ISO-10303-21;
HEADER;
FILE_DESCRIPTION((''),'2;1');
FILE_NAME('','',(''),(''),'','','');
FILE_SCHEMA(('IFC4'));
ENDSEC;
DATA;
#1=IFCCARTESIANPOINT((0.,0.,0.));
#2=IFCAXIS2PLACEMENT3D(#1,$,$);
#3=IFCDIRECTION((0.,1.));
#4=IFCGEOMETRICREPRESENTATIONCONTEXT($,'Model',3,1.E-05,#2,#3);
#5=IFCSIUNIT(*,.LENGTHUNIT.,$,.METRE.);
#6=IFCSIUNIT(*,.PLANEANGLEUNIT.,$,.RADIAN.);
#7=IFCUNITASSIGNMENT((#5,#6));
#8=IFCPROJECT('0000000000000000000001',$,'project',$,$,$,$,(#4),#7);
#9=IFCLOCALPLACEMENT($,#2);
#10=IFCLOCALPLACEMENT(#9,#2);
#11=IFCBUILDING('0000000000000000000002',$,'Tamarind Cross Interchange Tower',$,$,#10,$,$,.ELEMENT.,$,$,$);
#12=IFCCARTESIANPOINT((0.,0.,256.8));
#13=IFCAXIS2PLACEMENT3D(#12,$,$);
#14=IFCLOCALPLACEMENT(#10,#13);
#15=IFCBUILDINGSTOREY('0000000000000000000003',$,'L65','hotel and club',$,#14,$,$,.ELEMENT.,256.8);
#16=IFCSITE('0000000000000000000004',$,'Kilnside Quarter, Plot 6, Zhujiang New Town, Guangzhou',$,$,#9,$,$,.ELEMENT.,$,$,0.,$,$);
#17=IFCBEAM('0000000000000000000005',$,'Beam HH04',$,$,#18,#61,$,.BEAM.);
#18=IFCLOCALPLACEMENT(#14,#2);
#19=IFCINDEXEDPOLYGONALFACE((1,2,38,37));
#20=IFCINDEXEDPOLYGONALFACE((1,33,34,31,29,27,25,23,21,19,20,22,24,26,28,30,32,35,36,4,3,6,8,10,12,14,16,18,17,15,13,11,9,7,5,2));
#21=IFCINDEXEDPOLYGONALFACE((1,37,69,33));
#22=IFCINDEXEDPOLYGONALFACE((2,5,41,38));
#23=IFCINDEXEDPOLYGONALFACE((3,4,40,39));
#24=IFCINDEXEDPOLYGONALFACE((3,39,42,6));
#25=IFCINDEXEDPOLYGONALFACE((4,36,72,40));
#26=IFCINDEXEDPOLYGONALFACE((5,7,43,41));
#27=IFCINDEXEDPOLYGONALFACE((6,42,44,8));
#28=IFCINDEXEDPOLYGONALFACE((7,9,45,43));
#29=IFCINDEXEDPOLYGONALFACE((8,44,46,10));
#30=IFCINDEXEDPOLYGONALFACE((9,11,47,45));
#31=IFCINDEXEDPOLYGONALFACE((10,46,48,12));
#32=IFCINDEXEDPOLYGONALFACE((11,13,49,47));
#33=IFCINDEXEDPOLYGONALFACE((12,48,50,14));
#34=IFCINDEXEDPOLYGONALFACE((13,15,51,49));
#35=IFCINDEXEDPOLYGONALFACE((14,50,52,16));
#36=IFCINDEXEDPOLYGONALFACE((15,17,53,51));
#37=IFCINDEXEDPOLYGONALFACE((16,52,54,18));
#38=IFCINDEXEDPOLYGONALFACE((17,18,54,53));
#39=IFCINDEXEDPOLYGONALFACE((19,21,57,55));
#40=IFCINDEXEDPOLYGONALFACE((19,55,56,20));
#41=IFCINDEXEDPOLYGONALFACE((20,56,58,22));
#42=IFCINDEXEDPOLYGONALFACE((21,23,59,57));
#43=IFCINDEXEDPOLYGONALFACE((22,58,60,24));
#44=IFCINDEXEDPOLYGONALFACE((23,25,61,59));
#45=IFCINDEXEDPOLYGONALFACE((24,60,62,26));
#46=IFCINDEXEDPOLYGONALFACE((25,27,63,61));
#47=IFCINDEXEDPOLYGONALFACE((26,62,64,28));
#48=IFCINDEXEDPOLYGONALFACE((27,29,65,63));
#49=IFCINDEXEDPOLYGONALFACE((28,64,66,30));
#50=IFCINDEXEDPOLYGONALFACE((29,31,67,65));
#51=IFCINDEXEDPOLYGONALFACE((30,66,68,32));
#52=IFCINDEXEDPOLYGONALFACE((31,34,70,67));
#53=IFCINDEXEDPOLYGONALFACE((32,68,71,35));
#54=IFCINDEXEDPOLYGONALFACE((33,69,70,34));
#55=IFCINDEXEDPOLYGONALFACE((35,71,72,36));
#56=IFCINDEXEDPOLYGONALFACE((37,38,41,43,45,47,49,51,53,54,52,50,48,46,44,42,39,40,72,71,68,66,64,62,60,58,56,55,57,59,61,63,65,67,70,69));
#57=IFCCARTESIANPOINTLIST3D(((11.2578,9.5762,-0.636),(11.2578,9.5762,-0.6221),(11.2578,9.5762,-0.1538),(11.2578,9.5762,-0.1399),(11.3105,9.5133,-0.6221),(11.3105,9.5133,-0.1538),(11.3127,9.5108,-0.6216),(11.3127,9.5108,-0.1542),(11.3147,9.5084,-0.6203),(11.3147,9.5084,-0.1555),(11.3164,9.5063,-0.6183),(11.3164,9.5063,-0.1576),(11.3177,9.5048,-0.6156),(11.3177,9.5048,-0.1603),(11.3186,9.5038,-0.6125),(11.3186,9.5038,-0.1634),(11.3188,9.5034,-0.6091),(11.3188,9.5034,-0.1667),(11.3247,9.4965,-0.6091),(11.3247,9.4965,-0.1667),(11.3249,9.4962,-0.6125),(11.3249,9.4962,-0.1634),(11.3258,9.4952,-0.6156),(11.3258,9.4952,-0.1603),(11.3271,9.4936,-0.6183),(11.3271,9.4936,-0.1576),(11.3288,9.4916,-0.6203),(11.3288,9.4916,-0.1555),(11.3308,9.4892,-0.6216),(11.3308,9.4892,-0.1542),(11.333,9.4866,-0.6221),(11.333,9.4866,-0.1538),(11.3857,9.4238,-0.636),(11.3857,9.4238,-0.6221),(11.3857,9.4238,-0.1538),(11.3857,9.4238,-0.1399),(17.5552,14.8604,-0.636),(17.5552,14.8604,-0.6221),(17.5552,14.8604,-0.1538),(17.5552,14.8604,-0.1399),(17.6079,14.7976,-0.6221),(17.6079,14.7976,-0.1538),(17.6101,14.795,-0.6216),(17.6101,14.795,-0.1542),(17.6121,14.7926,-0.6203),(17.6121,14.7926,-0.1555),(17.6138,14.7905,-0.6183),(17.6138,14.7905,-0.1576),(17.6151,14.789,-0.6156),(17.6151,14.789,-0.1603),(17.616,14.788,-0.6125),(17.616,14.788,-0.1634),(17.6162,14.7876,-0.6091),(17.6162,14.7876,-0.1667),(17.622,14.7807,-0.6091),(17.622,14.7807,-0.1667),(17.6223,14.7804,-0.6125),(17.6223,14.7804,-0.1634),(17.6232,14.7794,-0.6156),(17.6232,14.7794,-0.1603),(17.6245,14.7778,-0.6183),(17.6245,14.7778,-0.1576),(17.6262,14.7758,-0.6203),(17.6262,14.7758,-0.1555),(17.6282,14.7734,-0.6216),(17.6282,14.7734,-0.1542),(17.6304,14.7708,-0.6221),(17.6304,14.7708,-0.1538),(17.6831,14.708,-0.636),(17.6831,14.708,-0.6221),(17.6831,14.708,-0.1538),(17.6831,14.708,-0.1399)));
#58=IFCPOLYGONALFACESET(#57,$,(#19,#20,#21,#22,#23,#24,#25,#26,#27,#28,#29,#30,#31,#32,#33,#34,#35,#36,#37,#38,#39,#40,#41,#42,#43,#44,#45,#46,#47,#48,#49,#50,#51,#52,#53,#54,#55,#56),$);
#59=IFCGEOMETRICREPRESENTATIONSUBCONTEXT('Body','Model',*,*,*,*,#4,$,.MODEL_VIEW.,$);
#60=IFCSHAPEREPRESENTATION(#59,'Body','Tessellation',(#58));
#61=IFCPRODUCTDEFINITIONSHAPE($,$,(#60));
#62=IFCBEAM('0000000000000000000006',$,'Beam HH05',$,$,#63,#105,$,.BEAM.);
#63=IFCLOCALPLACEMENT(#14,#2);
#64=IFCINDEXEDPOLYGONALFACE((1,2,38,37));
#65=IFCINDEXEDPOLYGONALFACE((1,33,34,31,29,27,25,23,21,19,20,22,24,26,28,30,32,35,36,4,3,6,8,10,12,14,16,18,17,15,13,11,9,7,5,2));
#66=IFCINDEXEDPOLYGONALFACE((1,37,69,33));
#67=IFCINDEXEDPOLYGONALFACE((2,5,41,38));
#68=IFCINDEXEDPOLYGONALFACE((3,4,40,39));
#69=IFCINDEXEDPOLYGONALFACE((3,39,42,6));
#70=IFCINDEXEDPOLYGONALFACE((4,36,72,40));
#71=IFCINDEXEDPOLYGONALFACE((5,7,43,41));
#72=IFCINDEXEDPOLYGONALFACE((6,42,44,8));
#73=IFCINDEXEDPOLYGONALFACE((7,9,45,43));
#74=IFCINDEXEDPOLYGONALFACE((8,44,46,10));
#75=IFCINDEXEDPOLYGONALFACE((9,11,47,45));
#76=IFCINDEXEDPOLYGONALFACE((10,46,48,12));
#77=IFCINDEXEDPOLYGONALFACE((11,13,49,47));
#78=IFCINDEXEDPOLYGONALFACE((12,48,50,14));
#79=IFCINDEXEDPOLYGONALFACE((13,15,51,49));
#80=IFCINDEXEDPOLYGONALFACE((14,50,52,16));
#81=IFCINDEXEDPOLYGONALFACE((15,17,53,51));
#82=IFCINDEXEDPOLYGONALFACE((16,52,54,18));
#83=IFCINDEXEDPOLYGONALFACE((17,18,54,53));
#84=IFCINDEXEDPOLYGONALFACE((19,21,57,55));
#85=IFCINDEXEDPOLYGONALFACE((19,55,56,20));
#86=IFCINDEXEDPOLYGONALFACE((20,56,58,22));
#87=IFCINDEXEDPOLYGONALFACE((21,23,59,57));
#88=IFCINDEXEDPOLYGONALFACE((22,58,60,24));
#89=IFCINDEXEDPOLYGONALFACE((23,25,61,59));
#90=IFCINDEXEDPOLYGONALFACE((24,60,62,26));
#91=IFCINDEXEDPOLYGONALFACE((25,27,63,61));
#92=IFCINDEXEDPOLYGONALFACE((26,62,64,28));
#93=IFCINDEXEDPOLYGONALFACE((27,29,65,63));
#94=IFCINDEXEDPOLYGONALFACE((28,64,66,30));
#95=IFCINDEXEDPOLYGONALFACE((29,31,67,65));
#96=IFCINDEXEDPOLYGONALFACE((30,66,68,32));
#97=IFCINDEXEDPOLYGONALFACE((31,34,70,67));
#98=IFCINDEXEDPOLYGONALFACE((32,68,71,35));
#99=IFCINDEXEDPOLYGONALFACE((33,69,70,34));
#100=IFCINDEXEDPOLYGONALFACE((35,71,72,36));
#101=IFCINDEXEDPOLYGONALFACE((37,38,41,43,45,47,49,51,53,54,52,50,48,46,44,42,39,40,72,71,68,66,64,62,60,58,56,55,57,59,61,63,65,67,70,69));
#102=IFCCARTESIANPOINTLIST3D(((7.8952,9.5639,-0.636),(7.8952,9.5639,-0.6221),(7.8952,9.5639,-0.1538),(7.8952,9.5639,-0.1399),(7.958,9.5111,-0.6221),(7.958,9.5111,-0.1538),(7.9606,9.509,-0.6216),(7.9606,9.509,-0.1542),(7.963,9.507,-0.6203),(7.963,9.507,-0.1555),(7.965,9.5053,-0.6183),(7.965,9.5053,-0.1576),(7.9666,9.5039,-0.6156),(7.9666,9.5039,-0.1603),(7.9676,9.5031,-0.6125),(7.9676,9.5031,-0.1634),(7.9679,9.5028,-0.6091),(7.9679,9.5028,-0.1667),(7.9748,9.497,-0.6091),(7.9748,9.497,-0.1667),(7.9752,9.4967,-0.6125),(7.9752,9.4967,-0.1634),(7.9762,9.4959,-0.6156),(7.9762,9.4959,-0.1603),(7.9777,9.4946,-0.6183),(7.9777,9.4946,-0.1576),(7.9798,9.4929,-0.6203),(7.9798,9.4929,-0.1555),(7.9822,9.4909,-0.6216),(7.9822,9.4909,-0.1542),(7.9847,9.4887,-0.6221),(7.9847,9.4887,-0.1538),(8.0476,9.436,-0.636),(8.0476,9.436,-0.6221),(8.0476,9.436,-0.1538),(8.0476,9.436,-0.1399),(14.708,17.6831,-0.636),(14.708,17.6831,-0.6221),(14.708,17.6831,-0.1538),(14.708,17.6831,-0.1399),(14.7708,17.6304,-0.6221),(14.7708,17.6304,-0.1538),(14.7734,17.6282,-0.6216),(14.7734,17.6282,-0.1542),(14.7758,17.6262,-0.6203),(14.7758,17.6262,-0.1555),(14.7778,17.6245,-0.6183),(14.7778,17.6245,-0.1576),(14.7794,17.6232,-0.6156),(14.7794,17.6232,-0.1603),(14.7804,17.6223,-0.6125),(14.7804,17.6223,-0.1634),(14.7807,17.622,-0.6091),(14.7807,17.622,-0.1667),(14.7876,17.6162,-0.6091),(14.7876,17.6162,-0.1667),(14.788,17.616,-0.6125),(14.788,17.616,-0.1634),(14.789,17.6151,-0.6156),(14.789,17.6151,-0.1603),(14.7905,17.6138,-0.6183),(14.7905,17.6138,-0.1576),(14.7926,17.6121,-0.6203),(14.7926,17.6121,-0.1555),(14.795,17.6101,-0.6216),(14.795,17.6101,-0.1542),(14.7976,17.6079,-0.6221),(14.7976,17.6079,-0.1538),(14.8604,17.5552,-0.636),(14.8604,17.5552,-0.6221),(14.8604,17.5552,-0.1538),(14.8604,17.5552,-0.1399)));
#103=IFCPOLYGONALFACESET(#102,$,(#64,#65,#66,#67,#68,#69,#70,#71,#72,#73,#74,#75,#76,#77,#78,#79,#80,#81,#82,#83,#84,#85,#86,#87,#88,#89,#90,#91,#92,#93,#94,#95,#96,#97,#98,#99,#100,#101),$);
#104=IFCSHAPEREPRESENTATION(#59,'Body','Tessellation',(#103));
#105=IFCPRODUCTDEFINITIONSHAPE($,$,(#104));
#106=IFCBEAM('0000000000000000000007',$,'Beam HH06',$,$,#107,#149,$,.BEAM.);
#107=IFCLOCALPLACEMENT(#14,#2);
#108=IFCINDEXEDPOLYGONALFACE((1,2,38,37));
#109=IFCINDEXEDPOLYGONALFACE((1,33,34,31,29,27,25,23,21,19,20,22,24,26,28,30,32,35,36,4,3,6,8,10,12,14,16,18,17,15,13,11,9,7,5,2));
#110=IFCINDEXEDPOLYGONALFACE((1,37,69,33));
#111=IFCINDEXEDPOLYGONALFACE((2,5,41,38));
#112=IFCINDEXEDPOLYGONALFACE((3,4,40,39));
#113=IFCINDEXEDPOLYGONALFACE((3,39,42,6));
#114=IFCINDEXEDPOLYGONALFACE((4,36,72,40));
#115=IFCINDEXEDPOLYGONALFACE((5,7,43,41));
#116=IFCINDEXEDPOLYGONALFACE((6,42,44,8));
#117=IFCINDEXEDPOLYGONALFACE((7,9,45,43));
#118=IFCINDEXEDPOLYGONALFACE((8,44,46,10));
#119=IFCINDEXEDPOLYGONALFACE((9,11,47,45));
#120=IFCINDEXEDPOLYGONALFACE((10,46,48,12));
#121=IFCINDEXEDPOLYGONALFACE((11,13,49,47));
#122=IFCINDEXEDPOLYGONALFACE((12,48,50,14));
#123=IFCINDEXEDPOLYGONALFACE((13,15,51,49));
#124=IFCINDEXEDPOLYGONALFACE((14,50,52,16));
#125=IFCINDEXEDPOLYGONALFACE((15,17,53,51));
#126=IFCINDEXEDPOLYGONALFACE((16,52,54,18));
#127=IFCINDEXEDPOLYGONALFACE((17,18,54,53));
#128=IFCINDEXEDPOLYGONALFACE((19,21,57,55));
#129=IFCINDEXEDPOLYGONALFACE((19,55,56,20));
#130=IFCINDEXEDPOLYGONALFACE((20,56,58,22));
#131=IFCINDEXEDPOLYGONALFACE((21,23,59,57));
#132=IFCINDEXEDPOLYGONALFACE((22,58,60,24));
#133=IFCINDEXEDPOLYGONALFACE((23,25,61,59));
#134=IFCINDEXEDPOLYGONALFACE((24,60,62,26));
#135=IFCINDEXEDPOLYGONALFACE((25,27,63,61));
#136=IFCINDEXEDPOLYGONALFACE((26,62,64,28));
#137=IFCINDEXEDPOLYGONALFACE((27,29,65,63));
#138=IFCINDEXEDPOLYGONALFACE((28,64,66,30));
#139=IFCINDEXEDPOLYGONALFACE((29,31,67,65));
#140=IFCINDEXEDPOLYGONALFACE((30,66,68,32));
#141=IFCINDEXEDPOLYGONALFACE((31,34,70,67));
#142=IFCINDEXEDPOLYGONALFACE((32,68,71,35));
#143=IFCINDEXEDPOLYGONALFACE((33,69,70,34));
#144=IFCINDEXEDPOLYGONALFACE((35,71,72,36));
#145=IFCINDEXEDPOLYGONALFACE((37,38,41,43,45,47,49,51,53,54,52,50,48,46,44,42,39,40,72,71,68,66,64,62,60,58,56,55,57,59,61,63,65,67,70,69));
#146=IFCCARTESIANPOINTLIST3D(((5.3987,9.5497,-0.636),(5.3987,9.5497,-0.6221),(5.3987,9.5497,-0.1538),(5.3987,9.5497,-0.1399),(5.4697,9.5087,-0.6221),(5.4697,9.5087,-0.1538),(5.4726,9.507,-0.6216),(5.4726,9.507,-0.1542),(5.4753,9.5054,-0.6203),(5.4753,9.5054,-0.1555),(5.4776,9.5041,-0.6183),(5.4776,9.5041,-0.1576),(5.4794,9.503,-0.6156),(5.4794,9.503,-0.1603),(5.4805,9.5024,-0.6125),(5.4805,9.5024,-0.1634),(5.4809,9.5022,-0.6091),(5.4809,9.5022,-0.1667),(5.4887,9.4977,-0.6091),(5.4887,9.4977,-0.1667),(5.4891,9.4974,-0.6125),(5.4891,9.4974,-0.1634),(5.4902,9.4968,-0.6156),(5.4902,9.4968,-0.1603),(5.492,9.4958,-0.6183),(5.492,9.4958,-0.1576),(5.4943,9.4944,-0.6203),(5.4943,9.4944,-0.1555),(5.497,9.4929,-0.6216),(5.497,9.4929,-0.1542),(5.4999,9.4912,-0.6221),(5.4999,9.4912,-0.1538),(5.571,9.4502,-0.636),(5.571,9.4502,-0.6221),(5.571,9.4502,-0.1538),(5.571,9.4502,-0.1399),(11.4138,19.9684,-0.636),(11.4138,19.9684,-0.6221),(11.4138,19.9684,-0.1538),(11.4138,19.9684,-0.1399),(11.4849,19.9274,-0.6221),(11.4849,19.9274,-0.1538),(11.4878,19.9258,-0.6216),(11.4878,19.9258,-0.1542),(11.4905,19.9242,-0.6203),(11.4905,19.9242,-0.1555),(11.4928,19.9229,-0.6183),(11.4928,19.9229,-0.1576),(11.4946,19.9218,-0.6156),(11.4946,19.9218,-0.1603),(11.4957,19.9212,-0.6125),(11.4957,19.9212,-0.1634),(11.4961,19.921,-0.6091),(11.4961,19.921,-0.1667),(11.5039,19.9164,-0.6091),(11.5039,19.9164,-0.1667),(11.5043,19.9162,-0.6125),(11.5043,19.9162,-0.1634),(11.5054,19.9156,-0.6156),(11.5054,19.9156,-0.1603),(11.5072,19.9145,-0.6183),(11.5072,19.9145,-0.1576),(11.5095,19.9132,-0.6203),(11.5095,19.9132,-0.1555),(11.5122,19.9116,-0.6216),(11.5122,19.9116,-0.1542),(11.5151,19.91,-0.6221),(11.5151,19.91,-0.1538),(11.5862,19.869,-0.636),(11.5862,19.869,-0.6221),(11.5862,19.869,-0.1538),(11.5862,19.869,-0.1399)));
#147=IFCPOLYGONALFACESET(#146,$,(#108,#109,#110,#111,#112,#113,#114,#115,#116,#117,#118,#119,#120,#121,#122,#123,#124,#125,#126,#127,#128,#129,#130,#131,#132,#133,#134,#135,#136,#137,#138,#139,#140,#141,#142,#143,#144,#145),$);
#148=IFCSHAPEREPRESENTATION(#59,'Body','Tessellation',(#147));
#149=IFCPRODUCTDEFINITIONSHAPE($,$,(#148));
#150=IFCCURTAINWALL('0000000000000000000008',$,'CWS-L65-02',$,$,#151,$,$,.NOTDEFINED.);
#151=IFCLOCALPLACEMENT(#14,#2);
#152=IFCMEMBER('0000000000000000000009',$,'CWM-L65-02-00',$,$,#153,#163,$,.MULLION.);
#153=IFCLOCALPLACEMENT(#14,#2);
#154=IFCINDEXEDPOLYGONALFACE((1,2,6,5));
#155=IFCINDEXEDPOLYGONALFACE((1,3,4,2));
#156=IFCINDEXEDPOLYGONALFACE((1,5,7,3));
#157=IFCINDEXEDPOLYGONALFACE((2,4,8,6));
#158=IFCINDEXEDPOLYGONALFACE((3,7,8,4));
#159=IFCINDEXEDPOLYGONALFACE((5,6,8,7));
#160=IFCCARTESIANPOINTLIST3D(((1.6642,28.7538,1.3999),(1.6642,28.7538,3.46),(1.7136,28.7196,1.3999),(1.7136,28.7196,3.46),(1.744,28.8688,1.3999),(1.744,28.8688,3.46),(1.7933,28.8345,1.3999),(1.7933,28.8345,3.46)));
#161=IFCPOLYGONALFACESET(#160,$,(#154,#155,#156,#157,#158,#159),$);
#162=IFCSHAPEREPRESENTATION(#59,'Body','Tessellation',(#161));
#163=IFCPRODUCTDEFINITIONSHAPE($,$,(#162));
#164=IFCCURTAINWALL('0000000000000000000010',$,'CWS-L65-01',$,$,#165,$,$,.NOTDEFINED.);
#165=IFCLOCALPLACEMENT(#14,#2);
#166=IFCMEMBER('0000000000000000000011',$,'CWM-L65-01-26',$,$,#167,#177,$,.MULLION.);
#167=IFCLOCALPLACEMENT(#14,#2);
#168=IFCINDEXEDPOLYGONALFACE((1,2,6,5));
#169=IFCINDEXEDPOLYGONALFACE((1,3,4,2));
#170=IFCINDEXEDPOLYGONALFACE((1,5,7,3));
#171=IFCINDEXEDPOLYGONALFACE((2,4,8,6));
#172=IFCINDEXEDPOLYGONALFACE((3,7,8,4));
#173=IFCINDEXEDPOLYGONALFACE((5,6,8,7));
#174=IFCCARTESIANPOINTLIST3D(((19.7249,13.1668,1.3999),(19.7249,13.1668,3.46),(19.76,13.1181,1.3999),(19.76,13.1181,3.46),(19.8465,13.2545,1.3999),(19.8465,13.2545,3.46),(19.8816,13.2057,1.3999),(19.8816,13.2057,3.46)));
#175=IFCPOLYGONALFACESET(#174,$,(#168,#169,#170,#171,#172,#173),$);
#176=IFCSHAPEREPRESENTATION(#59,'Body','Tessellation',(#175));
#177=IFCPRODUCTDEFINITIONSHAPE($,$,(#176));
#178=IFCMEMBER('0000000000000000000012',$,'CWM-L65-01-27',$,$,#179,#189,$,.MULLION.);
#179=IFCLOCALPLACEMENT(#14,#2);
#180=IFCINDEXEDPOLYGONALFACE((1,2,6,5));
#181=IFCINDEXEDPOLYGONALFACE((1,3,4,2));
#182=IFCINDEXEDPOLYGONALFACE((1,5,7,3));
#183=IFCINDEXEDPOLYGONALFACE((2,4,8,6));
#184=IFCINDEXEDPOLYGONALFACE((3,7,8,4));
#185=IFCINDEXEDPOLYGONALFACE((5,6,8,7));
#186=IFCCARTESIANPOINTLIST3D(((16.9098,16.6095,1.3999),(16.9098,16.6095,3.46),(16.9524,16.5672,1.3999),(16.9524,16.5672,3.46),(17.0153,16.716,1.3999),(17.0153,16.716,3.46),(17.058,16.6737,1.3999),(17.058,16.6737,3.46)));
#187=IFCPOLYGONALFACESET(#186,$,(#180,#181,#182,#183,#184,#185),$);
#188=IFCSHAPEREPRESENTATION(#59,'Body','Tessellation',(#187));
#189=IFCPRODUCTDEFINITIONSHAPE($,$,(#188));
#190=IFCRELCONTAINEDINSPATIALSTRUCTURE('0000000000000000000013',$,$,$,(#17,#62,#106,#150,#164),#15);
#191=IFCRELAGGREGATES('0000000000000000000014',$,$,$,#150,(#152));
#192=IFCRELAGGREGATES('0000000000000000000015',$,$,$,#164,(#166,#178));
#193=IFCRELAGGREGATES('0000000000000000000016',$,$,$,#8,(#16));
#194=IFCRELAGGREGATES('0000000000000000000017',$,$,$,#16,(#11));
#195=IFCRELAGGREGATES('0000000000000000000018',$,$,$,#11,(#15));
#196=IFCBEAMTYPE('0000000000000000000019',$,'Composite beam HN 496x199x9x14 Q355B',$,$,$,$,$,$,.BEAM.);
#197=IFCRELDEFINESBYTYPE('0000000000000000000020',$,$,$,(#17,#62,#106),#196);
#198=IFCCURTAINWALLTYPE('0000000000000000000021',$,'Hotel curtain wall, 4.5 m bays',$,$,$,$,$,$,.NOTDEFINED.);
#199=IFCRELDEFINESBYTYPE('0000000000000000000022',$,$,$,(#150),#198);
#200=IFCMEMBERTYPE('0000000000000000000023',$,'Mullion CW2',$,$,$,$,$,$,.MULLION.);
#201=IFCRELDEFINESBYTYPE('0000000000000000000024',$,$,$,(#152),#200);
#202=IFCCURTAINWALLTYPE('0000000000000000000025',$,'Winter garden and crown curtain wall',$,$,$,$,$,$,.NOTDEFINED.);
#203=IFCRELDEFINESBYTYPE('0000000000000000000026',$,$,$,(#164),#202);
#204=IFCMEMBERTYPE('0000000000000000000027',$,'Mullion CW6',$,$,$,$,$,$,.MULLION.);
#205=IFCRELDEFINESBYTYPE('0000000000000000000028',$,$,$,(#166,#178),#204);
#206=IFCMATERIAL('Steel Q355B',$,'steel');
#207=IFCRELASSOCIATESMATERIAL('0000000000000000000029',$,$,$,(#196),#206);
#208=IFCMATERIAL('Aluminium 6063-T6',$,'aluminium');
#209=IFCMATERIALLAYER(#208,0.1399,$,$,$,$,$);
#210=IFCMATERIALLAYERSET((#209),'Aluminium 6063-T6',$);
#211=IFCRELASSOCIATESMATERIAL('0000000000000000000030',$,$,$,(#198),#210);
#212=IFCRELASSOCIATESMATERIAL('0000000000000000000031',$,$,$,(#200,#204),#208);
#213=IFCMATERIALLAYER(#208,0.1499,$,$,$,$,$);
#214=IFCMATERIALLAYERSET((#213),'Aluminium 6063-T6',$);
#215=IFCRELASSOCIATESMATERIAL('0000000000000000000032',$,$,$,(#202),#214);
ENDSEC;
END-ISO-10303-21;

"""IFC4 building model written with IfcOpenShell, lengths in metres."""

from ifc_helpers import new_model, si_unit, direction, frame, origin, origin_2d, place, context, subcontext, project, spatial, rectangle, i_section, extrude, material, layer, layer_set, material_profile, profile_set, type_object, element, aggregate, save


model = new_model("IFC4")

# Units and contexts
model_context = context("Model", 3, precision=1e-05, world=origin(), true_north=direction((0.0, 1.0)))
body_context = subcontext(model_context, "Body", "Model", "MODEL_VIEW")
ifc_project = project(units=[si_unit("LENGTHUNIT", "METRE"), si_unit("PLANEANGLEUNIT", "RADIAN")], contexts=[model_context])

# Site, building, storey
site_placement = place(None, origin())
site = spatial("IfcSite", under=ifc_project, at=site_placement, Name="Kilnside Quarter, Plot 6, Zhujiang New Town, Guangzhou", CompositionType="ELEMENT", RefElevation=0.0)
building_placement = place(site_placement, origin())
building = spatial("IfcBuilding", under=site, at=building_placement, Name="Tamarind Cross Interchange Tower", CompositionType="ELEMENT")
storey_placement = place(building_placement, frame((0.0, 0.0, 256.8)))
storey = spatial("IfcBuildingStorey", under=building, at=storey_placement, Name="L65", Description="hotel and club", CompositionType="ELEMENT", Elevation=256.8)

# Beams
ifc_material_1 = material(Name="Steel Q355B", Category="steel")
ifc_material_profile_1 = material_profile(ifc_material_1, i_section(OverallWidth=0.199, OverallDepth=0.4961, WebThickness=0.009, FlangeThickness=0.0139, FilletRadius=0.0129, at=origin_2d()), Name="HN 496x199x9x14")
ifc_profile_set_1 = profile_set([ifc_material_profile_1], Name="Steel Q355B")
beam_type = type_object("IfcBeamType", Name="Composite beam HN 496x199x9x14 Q355B", PredefinedType="BEAM", material=ifc_profile_set_1)
beam_1_placement = place(storey_placement, frame((17.6191, 14.7842, -0.3879), z_axis=(-0.766041, -0.642792, 0.0), x_axis=(0.642792, -0.766041, 0.0)))
element("IfcBeam", 1, at=beam_1_placement, inside=storey, type_object=beam_type, Name="Beam HH04", PredefinedType="BEAM", context=body_context, shape_type="SweptSolid", body=[
    extrude(i_section(OverallWidth=0.199, OverallDepth=0.4961, WebThickness=0.009, FlangeThickness=0.0139, FilletRadius=0.0129, at=origin_2d()), origin(), (0.0, 0.0, 1.0), 8.2207),
])
beam_2_placement = place(storey_placement, frame((14.7842, 17.6191, -0.3879), z_axis=(-0.642786, -0.766046, 0.0), x_axis=(0.766046, -0.642786, 0.0)))
element("IfcBeam", 2, at=beam_2_placement, inside=storey, type_object=beam_type, Name="Beam HH05", PredefinedType="BEAM", context=body_context, shape_type="SweptSolid", body=[
    extrude(i_section(OverallWidth=0.199, OverallDepth=0.4961, WebThickness=0.009, FlangeThickness=0.0139, FilletRadius=0.0129, at=origin_2d()), origin(), (0.0, 0.0, 1.0), 10.5989),
])
beam_3_placement = place(storey_placement, frame((11.5, 19.9187, -0.3879), z_axis=(-0.499994, -0.866029, 0.0), x_axis=(0.866029, -0.499994, 0.0)))
element("IfcBeam", 3, at=beam_3_placement, inside=storey, type_object=beam_type, Name="Beam HH06", PredefinedType="BEAM", context=body_context, shape_type="SweptSolid", body=[
    extrude(i_section(OverallWidth=0.199, OverallDepth=0.4961, WebThickness=0.009, FlangeThickness=0.0139, FilletRadius=0.0129, at=origin_2d()), origin(), (0.0, 0.0, 1.0), 12.0305),
])

# Curtain wall, member
ifc_material_2 = material(Name="Aluminium 6063-T6", Category="aluminium")
ifc_layer_1 = layer(ifc_material_2, 0.1399)
ifc_layer_set_1 = layer_set([ifc_layer_1], Name="Aluminium 6063-T6")
curtain_wall_type_1 = type_object("IfcCurtainWallType", Name="Hotel curtain wall, 4.5 m bays", PredefinedType="NOTDEFINED", material=ifc_layer_set_1)
curtain_wall_1_placement = place(storey_placement, origin())
curtain_wall_1 = element("IfcCurtainWall", 4, at=curtain_wall_1_placement, inside=storey, type_object=curtain_wall_type_1, Name="CWS-L65-02", PredefinedType="NOTDEFINED")
ifc_material_profile_2 = material_profile(ifc_material_2, rectangle(XDim=0.0601, YDim=0.1399, at=origin_2d()), Name="Mullion CW2")
ifc_profile_set_2 = profile_set([ifc_material_profile_2], Name="Aluminium 6063-T6")
member_type_1 = type_object("IfcMemberType", Name="Mullion CW2", PredefinedType="MULLION", material=ifc_profile_set_2)
member_1_placement = place(storey_placement, frame((1.7288, 28.7942, 1.3999), z_axis=(0.0, 0.0, 1.0), x_axis=(-0.821674, 0.569958, 0.0)))
member_1 = element("IfcMember", 5, at=member_1_placement, type_object=member_type_1, Name="CWM-L65-02-00", PredefinedType="MULLION", context=body_context, shape_type="SweptSolid", body=[
    extrude(rectangle(XDim=0.0601, YDim=0.1399, at=origin_2d()), origin(), (0.0, 0.0, 1.0), 2.0601),
])
aggregate(curtain_wall_1, [member_1])

# Curtain wall, members
ifc_layer_2 = layer(ifc_material_2, 0.1499)
ifc_layer_set_2 = layer_set([ifc_layer_2], Name="Aluminium 6063-T6")
curtain_wall_type_2 = type_object("IfcCurtainWallType", Name="Winter garden and crown curtain wall", PredefinedType="NOTDEFINED", material=ifc_layer_set_2)
curtain_wall_2_placement = place(storey_placement, origin())
curtain_wall_2 = element("IfcCurtainWall", 6, at=curtain_wall_2_placement, inside=storey, type_object=curtain_wall_type_2, Name="CWS-L65-01", PredefinedType="NOTDEFINED")
ifc_material_profile_3 = material_profile(ifc_material_2, rectangle(XDim=0.0601, YDim=0.1499, at=origin_2d()), Name="Mullion CW6")
ifc_profile_set_3 = profile_set([ifc_material_profile_3], Name="Aluminium 6063-T6")
member_type_2 = type_object("IfcMemberType", Name="Mullion CW6", PredefinedType="MULLION", material=ifc_profile_set_3)
member_2_placement = place(storey_placement, frame((19.8032, 13.1863, 1.3999), z_axis=(0.0, 0.0, 1.0), x_axis=(-0.584574, 0.81134, 0.0)))
member_2 = element("IfcMember", 7, at=member_2_placement, type_object=member_type_2, Name="CWM-L65-01-26", PredefinedType="MULLION", context=body_context, shape_type="SweptSolid", body=[
    extrude(rectangle(XDim=0.0601, YDim=0.1499, at=origin_2d()), origin(), (0.0, 0.0, 1.0), 2.0601),
])
member_3_placement = place(storey_placement, frame((16.9839, 16.6416, 1.3999), z_axis=(0.0, 0.0, 1.0), x_axis=(-0.710143, 0.704057, 0.0)))
member_3 = element("IfcMember", 8, at=member_3_placement, type_object=member_type_2, Name="CWM-L65-01-27", PredefinedType="MULLION", context=body_context, shape_type="SweptSolid", body=[
    extrude(rectangle(XDim=0.0601, YDim=0.1499, at=origin_2d()), origin(), (0.0, 0.0, 1.0), 2.0601),
])
aggregate(curtain_wall_2, [member_2, member_3])

save(model, "model.ifc")
